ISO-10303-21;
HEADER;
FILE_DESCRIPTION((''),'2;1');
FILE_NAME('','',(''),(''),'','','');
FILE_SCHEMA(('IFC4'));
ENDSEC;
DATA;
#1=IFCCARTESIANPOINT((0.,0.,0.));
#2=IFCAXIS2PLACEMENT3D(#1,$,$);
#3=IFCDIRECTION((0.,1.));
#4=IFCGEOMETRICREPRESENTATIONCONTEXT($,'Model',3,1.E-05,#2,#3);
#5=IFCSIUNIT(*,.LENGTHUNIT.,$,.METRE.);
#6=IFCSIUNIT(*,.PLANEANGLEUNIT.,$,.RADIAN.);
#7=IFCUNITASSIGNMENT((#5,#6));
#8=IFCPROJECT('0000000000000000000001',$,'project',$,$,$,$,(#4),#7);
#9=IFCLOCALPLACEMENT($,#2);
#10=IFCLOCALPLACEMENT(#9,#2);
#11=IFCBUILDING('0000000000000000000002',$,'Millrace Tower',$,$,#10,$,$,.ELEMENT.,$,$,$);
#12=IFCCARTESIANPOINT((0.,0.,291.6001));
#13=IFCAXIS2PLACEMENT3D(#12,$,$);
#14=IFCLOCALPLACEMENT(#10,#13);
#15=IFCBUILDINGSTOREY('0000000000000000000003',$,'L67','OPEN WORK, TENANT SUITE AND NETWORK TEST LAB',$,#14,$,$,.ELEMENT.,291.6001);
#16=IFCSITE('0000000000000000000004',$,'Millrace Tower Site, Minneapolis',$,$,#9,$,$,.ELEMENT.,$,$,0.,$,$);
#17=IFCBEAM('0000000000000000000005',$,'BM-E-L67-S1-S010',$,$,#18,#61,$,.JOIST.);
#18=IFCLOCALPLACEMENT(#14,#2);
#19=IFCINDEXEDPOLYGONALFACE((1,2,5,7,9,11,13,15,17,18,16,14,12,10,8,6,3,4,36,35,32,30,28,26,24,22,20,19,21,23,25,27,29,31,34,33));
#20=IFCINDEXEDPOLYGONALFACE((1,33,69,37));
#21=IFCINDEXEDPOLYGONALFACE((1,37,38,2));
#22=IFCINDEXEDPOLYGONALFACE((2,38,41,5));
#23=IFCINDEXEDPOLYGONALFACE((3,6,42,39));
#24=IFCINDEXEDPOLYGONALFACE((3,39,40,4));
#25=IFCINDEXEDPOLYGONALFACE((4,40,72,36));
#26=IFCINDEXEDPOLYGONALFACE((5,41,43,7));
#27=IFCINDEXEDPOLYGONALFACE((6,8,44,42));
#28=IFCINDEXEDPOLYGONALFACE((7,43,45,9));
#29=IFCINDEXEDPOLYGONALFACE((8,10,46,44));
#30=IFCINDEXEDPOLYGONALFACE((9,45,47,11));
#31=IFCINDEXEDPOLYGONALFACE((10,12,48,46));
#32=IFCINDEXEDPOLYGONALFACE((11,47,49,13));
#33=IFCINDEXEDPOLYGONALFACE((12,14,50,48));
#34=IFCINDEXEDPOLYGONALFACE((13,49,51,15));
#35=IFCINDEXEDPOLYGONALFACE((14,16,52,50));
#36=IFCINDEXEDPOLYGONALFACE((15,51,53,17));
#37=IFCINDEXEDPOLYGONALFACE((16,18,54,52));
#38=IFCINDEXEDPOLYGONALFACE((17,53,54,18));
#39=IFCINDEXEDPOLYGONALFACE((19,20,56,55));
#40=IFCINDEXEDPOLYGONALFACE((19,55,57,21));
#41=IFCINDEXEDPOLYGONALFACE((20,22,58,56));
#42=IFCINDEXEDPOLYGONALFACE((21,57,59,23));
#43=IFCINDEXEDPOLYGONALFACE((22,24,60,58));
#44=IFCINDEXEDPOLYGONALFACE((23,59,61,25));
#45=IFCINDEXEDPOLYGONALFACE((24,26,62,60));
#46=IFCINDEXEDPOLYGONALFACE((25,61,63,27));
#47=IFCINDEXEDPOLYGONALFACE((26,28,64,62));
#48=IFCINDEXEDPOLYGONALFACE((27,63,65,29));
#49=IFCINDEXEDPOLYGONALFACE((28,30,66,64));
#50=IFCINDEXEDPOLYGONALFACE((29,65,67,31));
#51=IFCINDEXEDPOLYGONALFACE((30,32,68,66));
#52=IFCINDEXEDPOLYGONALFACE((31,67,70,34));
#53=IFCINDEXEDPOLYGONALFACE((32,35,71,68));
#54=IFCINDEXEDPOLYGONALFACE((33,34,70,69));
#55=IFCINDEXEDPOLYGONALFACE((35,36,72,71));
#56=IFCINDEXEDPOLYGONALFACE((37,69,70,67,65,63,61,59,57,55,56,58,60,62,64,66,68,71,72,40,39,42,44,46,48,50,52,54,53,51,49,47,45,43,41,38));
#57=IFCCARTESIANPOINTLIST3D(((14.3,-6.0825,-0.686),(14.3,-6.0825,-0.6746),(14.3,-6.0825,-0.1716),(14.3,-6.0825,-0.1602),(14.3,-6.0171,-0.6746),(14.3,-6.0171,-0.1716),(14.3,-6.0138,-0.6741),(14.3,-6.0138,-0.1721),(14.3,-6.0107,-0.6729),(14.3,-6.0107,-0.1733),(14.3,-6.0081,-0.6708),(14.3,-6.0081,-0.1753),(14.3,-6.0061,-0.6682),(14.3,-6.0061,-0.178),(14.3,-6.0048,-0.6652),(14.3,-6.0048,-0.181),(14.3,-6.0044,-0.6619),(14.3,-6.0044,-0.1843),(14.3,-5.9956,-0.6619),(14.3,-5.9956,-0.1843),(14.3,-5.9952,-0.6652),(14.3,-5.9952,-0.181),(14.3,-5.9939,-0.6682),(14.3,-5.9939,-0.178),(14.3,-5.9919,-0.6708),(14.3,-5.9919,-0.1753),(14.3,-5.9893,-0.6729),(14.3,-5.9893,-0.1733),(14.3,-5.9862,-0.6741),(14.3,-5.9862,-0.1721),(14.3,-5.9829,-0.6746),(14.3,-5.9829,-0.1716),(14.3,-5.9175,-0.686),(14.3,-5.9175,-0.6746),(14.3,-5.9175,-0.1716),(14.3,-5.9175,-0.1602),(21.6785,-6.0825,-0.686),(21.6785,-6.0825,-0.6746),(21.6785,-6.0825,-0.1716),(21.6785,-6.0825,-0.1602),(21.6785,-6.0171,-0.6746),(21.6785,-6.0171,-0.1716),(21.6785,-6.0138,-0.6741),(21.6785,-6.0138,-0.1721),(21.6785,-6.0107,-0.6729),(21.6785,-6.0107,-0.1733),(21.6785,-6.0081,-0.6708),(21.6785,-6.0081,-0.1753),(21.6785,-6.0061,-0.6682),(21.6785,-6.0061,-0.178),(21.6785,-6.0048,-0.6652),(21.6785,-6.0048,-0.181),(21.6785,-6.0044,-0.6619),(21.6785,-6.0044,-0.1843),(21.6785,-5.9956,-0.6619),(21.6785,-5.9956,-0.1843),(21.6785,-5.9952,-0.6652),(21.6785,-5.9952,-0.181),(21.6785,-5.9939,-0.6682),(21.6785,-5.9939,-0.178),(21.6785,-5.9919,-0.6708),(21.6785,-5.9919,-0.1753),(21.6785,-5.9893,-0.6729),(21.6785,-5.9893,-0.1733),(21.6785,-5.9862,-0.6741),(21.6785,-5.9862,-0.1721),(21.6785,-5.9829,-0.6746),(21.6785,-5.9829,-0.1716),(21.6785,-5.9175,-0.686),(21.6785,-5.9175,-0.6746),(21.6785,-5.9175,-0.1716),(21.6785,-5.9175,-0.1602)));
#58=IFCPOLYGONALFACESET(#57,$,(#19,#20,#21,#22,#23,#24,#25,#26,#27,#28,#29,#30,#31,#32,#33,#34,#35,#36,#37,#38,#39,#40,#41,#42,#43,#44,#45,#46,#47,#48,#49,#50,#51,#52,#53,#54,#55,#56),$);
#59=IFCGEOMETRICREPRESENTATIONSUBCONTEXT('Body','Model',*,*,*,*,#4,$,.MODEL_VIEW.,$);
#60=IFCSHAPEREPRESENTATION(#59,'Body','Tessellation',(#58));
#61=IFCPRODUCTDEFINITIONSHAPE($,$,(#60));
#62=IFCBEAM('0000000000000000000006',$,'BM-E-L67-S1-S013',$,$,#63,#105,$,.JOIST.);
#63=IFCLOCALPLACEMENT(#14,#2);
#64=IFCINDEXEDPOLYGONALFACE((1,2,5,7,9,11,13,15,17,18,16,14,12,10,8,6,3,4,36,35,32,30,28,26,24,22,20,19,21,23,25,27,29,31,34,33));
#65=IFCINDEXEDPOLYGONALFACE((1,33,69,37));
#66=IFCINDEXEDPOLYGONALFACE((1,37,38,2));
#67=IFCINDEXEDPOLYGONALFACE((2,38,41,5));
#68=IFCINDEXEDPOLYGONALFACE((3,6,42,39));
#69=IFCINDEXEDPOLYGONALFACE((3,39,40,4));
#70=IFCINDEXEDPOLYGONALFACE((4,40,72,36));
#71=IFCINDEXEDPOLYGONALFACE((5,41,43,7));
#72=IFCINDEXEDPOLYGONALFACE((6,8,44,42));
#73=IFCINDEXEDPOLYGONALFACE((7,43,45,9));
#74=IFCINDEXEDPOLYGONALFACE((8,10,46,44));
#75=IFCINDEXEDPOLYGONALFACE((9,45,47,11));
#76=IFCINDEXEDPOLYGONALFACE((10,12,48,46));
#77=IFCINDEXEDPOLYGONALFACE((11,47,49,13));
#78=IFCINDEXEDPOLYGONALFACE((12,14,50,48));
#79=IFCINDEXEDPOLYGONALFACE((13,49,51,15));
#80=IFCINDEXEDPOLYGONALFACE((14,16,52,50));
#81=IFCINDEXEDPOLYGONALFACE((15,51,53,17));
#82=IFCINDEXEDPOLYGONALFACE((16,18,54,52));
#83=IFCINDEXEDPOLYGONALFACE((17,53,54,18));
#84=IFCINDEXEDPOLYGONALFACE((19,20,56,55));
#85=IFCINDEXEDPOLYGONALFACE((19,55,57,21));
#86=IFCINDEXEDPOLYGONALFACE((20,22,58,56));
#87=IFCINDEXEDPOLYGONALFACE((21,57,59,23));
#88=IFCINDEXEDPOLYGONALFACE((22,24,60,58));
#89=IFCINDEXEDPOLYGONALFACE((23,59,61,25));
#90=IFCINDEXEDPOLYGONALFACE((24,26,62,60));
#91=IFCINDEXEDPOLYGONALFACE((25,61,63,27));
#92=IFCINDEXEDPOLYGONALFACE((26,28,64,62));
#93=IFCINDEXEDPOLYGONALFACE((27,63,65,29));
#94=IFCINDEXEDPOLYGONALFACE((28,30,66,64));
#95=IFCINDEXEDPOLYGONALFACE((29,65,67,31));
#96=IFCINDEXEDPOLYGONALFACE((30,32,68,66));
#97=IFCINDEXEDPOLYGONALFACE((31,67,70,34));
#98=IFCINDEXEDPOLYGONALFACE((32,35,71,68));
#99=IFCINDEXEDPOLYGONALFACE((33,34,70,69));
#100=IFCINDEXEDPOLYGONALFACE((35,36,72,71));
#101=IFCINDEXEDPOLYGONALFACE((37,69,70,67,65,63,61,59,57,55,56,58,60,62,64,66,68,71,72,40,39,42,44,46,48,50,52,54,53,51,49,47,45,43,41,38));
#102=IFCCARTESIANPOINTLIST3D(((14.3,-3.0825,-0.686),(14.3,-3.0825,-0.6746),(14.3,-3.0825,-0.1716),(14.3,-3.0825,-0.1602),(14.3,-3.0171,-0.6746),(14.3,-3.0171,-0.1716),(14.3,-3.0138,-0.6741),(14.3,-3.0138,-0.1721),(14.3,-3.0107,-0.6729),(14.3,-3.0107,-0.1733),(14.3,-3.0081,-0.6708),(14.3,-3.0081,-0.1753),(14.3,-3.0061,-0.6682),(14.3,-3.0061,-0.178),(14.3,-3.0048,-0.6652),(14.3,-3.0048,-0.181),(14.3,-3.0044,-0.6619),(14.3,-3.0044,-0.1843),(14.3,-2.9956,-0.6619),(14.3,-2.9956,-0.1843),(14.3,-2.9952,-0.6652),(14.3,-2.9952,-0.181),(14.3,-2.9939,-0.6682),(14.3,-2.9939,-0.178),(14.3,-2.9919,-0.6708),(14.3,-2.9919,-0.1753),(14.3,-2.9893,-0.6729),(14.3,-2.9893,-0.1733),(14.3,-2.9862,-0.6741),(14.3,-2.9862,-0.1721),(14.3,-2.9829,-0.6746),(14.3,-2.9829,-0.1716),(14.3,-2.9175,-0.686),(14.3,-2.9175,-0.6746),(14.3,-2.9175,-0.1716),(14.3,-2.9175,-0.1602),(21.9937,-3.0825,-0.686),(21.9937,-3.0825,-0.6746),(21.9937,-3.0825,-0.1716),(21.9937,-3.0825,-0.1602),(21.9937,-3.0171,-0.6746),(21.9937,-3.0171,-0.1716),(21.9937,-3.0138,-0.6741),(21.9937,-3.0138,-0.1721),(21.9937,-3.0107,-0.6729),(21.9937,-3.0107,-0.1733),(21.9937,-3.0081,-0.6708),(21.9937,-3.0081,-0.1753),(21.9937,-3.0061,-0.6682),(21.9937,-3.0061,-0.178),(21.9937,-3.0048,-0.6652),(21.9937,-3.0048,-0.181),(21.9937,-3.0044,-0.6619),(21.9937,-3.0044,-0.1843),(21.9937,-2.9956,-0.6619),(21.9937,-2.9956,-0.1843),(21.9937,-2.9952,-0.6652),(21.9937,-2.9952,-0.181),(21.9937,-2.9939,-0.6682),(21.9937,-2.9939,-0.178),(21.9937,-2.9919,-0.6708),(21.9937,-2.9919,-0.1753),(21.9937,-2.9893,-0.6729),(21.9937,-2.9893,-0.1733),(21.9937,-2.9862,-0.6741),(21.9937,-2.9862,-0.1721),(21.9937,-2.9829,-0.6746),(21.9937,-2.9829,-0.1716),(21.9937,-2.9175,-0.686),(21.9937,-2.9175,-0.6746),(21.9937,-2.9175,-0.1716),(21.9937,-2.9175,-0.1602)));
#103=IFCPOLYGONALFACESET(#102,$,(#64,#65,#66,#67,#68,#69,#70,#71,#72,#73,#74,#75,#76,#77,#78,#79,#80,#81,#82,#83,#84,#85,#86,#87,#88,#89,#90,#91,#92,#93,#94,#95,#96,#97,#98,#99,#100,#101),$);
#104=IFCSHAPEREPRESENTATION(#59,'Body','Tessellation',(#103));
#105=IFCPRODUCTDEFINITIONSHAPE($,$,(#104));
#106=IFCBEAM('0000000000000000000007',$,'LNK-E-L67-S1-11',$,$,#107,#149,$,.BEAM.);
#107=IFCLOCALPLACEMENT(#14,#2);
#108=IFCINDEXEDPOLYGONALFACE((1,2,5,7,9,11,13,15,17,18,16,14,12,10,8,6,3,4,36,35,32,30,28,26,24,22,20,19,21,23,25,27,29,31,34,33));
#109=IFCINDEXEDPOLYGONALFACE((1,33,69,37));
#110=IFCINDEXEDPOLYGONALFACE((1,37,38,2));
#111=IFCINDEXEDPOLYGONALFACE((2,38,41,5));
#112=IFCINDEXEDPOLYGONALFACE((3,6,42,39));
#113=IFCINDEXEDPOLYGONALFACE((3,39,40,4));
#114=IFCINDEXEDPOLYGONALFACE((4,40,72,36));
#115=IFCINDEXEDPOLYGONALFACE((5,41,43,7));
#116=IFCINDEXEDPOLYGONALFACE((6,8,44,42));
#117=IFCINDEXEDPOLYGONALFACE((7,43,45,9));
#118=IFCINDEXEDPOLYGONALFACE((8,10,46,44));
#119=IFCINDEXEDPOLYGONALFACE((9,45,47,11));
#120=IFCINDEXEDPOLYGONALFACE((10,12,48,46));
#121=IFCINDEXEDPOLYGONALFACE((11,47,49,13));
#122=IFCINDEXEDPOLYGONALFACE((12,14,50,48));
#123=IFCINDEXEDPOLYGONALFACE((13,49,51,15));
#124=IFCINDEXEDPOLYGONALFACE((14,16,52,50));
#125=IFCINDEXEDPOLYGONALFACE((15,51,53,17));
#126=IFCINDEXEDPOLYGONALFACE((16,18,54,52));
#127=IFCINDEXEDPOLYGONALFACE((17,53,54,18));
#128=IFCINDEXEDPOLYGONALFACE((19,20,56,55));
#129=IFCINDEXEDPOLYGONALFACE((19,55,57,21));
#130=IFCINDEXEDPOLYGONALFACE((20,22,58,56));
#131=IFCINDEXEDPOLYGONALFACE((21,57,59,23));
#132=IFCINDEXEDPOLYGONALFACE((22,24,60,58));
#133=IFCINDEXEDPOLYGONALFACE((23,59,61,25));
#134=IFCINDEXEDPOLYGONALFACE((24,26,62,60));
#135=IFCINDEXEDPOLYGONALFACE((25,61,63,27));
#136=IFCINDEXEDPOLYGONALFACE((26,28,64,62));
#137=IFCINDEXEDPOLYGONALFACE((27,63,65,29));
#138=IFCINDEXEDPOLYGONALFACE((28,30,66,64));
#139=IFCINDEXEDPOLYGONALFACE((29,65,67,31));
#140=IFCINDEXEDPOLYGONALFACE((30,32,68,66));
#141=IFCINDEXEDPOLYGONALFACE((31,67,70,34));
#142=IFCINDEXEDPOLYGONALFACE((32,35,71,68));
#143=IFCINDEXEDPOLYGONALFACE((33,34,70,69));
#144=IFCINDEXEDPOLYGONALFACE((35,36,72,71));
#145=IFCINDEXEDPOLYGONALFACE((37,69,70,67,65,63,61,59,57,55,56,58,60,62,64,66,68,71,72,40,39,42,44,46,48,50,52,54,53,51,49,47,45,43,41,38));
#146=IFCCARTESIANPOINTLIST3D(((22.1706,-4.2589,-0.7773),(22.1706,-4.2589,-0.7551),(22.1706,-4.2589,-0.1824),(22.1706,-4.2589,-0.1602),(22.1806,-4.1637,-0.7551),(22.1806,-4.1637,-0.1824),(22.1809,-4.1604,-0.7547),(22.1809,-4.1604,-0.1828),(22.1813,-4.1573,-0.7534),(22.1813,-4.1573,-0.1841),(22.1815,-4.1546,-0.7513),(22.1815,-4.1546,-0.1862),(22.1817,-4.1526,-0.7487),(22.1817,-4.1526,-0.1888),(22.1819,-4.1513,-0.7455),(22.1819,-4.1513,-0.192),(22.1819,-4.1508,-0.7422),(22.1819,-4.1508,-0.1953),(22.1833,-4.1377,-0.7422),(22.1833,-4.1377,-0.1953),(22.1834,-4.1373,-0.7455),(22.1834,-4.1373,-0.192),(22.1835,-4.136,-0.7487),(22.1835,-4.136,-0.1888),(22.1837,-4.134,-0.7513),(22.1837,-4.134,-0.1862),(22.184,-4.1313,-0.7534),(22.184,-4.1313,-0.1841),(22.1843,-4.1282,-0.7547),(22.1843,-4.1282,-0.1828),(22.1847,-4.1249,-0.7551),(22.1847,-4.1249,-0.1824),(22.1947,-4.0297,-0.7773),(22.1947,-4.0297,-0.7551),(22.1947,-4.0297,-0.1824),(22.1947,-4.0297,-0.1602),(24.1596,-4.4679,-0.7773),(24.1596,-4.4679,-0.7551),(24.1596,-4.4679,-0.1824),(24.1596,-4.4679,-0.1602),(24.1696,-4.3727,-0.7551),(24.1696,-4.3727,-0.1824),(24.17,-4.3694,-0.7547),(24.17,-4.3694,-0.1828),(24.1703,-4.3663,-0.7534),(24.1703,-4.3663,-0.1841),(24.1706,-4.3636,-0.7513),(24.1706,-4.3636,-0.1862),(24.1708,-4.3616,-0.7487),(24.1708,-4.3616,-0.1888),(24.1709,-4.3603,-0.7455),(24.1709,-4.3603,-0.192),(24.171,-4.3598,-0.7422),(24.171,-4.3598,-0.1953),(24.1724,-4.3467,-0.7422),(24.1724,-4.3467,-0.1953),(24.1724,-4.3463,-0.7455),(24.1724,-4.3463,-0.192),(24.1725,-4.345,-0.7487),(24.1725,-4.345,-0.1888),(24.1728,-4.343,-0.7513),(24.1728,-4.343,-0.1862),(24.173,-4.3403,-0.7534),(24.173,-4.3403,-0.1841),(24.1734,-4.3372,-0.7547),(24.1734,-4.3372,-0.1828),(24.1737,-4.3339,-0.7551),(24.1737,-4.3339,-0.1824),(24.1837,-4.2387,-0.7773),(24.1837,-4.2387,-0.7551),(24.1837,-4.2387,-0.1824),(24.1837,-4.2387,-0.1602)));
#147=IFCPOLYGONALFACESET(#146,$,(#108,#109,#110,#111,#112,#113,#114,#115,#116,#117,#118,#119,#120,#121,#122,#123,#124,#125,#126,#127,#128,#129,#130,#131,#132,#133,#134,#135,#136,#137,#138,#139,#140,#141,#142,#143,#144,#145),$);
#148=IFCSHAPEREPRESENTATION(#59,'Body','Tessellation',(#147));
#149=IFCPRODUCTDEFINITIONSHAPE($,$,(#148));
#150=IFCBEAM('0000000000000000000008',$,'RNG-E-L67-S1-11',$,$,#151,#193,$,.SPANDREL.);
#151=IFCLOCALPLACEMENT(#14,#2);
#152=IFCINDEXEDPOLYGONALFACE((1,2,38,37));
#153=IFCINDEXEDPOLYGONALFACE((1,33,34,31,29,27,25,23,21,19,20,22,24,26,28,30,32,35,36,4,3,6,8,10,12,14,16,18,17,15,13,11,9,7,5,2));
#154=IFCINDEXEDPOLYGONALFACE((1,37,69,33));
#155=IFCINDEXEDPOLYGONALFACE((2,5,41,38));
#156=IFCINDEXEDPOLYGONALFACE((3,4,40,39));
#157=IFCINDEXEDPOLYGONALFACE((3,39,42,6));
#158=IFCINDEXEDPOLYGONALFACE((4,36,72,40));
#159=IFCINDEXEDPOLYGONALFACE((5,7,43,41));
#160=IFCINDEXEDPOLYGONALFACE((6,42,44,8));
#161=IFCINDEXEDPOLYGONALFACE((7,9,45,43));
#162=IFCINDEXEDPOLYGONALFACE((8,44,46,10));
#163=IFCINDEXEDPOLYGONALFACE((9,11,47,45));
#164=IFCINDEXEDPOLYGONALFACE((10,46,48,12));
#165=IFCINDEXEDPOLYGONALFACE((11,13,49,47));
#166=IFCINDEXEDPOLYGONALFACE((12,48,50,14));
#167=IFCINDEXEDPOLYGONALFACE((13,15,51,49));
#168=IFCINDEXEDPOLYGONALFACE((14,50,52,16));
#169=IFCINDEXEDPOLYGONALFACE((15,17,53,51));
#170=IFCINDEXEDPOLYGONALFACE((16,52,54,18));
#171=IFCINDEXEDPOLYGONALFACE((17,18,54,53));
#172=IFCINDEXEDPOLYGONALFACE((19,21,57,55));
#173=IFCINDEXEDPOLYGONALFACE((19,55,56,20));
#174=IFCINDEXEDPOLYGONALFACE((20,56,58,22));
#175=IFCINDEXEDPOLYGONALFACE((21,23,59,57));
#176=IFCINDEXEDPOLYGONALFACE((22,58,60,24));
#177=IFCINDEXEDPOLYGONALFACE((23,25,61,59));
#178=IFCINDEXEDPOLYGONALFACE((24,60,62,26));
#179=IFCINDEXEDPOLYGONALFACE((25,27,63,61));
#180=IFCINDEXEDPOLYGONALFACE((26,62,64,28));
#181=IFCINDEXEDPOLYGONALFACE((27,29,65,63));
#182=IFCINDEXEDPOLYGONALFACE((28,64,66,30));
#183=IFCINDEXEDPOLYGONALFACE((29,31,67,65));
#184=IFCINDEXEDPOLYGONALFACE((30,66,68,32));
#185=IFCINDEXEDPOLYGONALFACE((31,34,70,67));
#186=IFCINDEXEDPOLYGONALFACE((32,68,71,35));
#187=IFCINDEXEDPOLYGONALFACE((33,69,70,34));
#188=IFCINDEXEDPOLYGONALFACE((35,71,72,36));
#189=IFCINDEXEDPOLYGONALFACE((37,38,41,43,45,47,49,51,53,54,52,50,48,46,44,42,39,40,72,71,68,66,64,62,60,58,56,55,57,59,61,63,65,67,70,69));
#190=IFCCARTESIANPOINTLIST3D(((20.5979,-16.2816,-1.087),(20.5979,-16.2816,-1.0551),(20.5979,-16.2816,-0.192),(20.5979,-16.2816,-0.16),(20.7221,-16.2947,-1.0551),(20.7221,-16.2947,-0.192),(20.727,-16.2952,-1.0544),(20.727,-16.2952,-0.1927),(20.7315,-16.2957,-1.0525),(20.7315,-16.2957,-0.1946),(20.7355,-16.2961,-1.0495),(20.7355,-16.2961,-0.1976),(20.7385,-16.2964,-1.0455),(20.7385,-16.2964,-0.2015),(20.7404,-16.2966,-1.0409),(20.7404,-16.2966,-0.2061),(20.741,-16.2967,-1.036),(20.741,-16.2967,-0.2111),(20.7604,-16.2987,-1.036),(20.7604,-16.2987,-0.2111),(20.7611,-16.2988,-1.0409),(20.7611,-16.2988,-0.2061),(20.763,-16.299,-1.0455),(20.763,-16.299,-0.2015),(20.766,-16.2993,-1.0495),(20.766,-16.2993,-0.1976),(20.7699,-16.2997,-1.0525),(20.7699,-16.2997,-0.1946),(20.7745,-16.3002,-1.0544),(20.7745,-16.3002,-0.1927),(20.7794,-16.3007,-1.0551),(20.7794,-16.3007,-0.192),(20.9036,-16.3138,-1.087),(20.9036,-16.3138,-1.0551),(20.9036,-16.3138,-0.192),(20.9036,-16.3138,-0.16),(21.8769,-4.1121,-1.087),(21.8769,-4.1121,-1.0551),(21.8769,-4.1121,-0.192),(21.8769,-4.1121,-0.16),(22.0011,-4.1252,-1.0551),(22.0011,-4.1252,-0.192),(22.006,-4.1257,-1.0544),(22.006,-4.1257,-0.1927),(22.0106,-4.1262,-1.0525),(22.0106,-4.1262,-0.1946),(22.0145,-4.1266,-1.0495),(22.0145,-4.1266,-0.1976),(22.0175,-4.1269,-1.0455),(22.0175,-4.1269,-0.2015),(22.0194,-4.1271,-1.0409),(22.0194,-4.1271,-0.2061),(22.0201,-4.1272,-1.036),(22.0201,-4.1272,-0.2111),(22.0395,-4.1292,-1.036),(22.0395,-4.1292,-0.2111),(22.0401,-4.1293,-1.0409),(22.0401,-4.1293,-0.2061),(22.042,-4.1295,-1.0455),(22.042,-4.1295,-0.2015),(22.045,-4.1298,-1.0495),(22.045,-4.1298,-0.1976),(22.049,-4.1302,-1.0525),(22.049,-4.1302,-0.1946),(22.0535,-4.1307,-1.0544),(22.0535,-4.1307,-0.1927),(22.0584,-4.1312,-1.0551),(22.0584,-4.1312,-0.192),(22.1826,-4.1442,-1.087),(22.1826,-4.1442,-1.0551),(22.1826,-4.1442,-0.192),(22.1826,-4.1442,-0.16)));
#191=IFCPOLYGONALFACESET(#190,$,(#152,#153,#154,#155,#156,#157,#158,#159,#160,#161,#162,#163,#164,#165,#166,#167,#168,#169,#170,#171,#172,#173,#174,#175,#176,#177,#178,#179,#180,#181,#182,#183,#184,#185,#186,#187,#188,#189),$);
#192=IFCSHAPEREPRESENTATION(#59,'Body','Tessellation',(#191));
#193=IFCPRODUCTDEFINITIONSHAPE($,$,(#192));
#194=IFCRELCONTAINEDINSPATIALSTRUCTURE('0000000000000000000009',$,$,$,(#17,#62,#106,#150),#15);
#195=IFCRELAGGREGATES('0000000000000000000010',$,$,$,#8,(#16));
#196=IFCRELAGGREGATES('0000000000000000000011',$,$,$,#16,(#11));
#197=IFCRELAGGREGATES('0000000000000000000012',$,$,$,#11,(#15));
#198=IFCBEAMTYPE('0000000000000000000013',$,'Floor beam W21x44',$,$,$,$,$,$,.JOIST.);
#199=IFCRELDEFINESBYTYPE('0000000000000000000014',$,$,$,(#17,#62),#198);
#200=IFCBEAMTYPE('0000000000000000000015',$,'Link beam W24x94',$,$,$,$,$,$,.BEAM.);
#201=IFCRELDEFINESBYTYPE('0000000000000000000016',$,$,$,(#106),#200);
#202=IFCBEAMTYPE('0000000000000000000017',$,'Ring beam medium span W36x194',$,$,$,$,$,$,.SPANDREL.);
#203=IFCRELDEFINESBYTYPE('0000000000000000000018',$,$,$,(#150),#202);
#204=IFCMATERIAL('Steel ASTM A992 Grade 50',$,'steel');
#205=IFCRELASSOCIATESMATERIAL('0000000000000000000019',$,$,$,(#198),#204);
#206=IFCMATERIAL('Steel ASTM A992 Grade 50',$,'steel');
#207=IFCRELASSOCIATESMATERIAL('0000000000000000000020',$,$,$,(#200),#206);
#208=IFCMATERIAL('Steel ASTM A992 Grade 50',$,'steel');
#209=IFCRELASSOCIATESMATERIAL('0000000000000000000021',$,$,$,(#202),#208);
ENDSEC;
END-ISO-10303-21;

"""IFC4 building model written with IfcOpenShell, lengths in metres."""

from ifc_helpers import new_model, si_unit, direction, frame, origin, origin_2d, place, context, subcontext, project, spatial, i_section, extrude, material, material_profile, profile_set, type_object, element, save


model = new_model("IFC4")

# Units and contexts
model_context = context("Model", 3, precision=1e-05, world=origin(), true_north=direction((0.0, 1.0)))
body_context = subcontext(model_context, "Body", "Model", "MODEL_VIEW")
ifc_project = project(units=[si_unit("LENGTHUNIT", "METRE"), si_unit("PLANEANGLEUNIT", "RADIAN")], contexts=[model_context])

# Site, building, storey
site_placement = place(None, origin())
site = spatial("IfcSite", under=ifc_project, at=site_placement, Name="Millrace Tower Site, Minneapolis", CompositionType="ELEMENT", RefElevation=0.0)
building_placement = place(site_placement, origin())
building = spatial("IfcBuilding", under=site, at=building_placement, Name="Millrace Tower", CompositionType="ELEMENT")
storey_placement = place(building_placement, frame((0.0, 0.0, 291.6001)))
storey = spatial("IfcBuildingStorey", under=building, at=storey_placement, Name="L67", Description="OPEN WORK, TENANT SUITE AND NETWORK TEST LAB", CompositionType="ELEMENT", Elevation=291.6001)

# Beams
ifc_material_1 = material(Name="Steel ASTM A992 Grade 50", Category="steel")
ifc_material_profile_1 = material_profile(ifc_material_1, i_section(OverallWidth=0.165, OverallDepth=0.5259, WebThickness=0.0088, FlangeThickness=0.0115, FilletRadius=0.0127, at=origin_2d()))
ifc_profile_set_1 = profile_set([ifc_material_profile_1], Name="Steel ASTM A992 Grade 50")
beam_type_1 = type_object("IfcBeamType", Name="Floor beam W21x44", PredefinedType="JOIST", material=ifc_profile_set_1)
beam_1_placement = place(storey_placement, frame((14.3, -6.0, -0.4231), z_axis=(1.0, 0.0, 0.0), x_axis=(0.0, 1.0, 0.0)))
element("IfcBeam", 1, at=beam_1_placement, inside=storey, type_object=beam_type_1, Name="BM-E-L67-S1-S010", PredefinedType="JOIST", context=body_context, shape_type="SweptSolid", body=[
    extrude(i_section(OverallWidth=0.165, OverallDepth=0.5259, WebThickness=0.0088, FlangeThickness=0.0115, FilletRadius=0.0127, at=origin_2d()), origin(), (0.0, 0.0, 1.0), 7.3784),
])
beam_2_placement = place(storey_placement, frame((14.3, -3.0, -0.4231), z_axis=(1.0, 0.0, 0.0), x_axis=(0.0, 1.0, 0.0)))
element("IfcBeam", 2, at=beam_2_placement, inside=storey, type_object=beam_type_1, Name="BM-E-L67-S1-S013", PredefinedType="JOIST", context=body_context, shape_type="SweptSolid", body=[
    extrude(i_section(OverallWidth=0.165, OverallDepth=0.5259, WebThickness=0.0088, FlangeThickness=0.0115, FilletRadius=0.0127, at=origin_2d()), origin(), (0.0, 0.0, 1.0), 7.6936),
])
ifc_material_2 = material(Name="Steel ASTM A992 Grade 50", Category="steel")
ifc_material_profile_2 = material_profile(ifc_material_2, i_section(OverallWidth=0.2305, OverallDepth=0.6172, WebThickness=0.0132, FlangeThickness=0.0222, FilletRadius=0.0129, at=origin_2d()))
ifc_profile_set_2 = profile_set([ifc_material_profile_2], Name="Steel ASTM A992 Grade 50")
beam_type_2 = type_object("IfcBeamType", Name="Link beam W24x94", PredefinedType="BEAM", material=ifc_profile_set_2)
beam_3_placement = place(storey_placement, frame((22.1826, -4.1443, -0.4688), z_axis=(0.994526, -0.104494, 0.0), x_axis=(0.104494, 0.994526, 0.0)))
element("IfcBeam", 3, at=beam_3_placement, inside=storey, type_object=beam_type_2, Name="LNK-E-L67-S1-11", PredefinedType="BEAM", context=body_context, shape_type="SweptSolid", body=[
    extrude(i_section(OverallWidth=0.2305, OverallDepth=0.6172, WebThickness=0.0132, FlangeThickness=0.0222, FilletRadius=0.0129, at=origin_2d()), origin(), (0.0, 0.0, 1.0), 2.0),
])
ifc_material_3 = material(Name="Steel ASTM A992 Grade 50", Category="steel")
ifc_material_profile_3 = material_profile(ifc_material_3, i_section(OverallWidth=0.3074, OverallDepth=0.927, WebThickness=0.0195, FlangeThickness=0.032, FilletRadius=0.019, at=origin_2d()))
ifc_profile_set_3 = profile_set([ifc_material_profile_3], Name="Steel ASTM A992 Grade 50")
beam_type_3 = type_object("IfcBeamType", Name="Ring beam medium span W36x194", PredefinedType="SPANDREL", material=ifc_profile_set_3)
beam_4_placement = place(storey_placement, frame((22.0298, -4.1282, -0.6235), z_axis=(-0.104528, -0.994522, 0.0), x_axis=(0.994522, -0.104528, 0.0)))
element("IfcBeam", 4, at=beam_4_placement, inside=storey, type_object=beam_type_3, Name="RNG-E-L67-S1-11", PredefinedType="SPANDREL", context=body_context, shape_type="SweptSolid", body=[
    extrude(i_section(OverallWidth=0.3074, OverallDepth=0.927, WebThickness=0.0195, FlangeThickness=0.032, FilletRadius=0.019, at=origin_2d()), origin(), (0.0, 0.0, 1.0), 12.2366),
])

save(model, "model.ifc")
